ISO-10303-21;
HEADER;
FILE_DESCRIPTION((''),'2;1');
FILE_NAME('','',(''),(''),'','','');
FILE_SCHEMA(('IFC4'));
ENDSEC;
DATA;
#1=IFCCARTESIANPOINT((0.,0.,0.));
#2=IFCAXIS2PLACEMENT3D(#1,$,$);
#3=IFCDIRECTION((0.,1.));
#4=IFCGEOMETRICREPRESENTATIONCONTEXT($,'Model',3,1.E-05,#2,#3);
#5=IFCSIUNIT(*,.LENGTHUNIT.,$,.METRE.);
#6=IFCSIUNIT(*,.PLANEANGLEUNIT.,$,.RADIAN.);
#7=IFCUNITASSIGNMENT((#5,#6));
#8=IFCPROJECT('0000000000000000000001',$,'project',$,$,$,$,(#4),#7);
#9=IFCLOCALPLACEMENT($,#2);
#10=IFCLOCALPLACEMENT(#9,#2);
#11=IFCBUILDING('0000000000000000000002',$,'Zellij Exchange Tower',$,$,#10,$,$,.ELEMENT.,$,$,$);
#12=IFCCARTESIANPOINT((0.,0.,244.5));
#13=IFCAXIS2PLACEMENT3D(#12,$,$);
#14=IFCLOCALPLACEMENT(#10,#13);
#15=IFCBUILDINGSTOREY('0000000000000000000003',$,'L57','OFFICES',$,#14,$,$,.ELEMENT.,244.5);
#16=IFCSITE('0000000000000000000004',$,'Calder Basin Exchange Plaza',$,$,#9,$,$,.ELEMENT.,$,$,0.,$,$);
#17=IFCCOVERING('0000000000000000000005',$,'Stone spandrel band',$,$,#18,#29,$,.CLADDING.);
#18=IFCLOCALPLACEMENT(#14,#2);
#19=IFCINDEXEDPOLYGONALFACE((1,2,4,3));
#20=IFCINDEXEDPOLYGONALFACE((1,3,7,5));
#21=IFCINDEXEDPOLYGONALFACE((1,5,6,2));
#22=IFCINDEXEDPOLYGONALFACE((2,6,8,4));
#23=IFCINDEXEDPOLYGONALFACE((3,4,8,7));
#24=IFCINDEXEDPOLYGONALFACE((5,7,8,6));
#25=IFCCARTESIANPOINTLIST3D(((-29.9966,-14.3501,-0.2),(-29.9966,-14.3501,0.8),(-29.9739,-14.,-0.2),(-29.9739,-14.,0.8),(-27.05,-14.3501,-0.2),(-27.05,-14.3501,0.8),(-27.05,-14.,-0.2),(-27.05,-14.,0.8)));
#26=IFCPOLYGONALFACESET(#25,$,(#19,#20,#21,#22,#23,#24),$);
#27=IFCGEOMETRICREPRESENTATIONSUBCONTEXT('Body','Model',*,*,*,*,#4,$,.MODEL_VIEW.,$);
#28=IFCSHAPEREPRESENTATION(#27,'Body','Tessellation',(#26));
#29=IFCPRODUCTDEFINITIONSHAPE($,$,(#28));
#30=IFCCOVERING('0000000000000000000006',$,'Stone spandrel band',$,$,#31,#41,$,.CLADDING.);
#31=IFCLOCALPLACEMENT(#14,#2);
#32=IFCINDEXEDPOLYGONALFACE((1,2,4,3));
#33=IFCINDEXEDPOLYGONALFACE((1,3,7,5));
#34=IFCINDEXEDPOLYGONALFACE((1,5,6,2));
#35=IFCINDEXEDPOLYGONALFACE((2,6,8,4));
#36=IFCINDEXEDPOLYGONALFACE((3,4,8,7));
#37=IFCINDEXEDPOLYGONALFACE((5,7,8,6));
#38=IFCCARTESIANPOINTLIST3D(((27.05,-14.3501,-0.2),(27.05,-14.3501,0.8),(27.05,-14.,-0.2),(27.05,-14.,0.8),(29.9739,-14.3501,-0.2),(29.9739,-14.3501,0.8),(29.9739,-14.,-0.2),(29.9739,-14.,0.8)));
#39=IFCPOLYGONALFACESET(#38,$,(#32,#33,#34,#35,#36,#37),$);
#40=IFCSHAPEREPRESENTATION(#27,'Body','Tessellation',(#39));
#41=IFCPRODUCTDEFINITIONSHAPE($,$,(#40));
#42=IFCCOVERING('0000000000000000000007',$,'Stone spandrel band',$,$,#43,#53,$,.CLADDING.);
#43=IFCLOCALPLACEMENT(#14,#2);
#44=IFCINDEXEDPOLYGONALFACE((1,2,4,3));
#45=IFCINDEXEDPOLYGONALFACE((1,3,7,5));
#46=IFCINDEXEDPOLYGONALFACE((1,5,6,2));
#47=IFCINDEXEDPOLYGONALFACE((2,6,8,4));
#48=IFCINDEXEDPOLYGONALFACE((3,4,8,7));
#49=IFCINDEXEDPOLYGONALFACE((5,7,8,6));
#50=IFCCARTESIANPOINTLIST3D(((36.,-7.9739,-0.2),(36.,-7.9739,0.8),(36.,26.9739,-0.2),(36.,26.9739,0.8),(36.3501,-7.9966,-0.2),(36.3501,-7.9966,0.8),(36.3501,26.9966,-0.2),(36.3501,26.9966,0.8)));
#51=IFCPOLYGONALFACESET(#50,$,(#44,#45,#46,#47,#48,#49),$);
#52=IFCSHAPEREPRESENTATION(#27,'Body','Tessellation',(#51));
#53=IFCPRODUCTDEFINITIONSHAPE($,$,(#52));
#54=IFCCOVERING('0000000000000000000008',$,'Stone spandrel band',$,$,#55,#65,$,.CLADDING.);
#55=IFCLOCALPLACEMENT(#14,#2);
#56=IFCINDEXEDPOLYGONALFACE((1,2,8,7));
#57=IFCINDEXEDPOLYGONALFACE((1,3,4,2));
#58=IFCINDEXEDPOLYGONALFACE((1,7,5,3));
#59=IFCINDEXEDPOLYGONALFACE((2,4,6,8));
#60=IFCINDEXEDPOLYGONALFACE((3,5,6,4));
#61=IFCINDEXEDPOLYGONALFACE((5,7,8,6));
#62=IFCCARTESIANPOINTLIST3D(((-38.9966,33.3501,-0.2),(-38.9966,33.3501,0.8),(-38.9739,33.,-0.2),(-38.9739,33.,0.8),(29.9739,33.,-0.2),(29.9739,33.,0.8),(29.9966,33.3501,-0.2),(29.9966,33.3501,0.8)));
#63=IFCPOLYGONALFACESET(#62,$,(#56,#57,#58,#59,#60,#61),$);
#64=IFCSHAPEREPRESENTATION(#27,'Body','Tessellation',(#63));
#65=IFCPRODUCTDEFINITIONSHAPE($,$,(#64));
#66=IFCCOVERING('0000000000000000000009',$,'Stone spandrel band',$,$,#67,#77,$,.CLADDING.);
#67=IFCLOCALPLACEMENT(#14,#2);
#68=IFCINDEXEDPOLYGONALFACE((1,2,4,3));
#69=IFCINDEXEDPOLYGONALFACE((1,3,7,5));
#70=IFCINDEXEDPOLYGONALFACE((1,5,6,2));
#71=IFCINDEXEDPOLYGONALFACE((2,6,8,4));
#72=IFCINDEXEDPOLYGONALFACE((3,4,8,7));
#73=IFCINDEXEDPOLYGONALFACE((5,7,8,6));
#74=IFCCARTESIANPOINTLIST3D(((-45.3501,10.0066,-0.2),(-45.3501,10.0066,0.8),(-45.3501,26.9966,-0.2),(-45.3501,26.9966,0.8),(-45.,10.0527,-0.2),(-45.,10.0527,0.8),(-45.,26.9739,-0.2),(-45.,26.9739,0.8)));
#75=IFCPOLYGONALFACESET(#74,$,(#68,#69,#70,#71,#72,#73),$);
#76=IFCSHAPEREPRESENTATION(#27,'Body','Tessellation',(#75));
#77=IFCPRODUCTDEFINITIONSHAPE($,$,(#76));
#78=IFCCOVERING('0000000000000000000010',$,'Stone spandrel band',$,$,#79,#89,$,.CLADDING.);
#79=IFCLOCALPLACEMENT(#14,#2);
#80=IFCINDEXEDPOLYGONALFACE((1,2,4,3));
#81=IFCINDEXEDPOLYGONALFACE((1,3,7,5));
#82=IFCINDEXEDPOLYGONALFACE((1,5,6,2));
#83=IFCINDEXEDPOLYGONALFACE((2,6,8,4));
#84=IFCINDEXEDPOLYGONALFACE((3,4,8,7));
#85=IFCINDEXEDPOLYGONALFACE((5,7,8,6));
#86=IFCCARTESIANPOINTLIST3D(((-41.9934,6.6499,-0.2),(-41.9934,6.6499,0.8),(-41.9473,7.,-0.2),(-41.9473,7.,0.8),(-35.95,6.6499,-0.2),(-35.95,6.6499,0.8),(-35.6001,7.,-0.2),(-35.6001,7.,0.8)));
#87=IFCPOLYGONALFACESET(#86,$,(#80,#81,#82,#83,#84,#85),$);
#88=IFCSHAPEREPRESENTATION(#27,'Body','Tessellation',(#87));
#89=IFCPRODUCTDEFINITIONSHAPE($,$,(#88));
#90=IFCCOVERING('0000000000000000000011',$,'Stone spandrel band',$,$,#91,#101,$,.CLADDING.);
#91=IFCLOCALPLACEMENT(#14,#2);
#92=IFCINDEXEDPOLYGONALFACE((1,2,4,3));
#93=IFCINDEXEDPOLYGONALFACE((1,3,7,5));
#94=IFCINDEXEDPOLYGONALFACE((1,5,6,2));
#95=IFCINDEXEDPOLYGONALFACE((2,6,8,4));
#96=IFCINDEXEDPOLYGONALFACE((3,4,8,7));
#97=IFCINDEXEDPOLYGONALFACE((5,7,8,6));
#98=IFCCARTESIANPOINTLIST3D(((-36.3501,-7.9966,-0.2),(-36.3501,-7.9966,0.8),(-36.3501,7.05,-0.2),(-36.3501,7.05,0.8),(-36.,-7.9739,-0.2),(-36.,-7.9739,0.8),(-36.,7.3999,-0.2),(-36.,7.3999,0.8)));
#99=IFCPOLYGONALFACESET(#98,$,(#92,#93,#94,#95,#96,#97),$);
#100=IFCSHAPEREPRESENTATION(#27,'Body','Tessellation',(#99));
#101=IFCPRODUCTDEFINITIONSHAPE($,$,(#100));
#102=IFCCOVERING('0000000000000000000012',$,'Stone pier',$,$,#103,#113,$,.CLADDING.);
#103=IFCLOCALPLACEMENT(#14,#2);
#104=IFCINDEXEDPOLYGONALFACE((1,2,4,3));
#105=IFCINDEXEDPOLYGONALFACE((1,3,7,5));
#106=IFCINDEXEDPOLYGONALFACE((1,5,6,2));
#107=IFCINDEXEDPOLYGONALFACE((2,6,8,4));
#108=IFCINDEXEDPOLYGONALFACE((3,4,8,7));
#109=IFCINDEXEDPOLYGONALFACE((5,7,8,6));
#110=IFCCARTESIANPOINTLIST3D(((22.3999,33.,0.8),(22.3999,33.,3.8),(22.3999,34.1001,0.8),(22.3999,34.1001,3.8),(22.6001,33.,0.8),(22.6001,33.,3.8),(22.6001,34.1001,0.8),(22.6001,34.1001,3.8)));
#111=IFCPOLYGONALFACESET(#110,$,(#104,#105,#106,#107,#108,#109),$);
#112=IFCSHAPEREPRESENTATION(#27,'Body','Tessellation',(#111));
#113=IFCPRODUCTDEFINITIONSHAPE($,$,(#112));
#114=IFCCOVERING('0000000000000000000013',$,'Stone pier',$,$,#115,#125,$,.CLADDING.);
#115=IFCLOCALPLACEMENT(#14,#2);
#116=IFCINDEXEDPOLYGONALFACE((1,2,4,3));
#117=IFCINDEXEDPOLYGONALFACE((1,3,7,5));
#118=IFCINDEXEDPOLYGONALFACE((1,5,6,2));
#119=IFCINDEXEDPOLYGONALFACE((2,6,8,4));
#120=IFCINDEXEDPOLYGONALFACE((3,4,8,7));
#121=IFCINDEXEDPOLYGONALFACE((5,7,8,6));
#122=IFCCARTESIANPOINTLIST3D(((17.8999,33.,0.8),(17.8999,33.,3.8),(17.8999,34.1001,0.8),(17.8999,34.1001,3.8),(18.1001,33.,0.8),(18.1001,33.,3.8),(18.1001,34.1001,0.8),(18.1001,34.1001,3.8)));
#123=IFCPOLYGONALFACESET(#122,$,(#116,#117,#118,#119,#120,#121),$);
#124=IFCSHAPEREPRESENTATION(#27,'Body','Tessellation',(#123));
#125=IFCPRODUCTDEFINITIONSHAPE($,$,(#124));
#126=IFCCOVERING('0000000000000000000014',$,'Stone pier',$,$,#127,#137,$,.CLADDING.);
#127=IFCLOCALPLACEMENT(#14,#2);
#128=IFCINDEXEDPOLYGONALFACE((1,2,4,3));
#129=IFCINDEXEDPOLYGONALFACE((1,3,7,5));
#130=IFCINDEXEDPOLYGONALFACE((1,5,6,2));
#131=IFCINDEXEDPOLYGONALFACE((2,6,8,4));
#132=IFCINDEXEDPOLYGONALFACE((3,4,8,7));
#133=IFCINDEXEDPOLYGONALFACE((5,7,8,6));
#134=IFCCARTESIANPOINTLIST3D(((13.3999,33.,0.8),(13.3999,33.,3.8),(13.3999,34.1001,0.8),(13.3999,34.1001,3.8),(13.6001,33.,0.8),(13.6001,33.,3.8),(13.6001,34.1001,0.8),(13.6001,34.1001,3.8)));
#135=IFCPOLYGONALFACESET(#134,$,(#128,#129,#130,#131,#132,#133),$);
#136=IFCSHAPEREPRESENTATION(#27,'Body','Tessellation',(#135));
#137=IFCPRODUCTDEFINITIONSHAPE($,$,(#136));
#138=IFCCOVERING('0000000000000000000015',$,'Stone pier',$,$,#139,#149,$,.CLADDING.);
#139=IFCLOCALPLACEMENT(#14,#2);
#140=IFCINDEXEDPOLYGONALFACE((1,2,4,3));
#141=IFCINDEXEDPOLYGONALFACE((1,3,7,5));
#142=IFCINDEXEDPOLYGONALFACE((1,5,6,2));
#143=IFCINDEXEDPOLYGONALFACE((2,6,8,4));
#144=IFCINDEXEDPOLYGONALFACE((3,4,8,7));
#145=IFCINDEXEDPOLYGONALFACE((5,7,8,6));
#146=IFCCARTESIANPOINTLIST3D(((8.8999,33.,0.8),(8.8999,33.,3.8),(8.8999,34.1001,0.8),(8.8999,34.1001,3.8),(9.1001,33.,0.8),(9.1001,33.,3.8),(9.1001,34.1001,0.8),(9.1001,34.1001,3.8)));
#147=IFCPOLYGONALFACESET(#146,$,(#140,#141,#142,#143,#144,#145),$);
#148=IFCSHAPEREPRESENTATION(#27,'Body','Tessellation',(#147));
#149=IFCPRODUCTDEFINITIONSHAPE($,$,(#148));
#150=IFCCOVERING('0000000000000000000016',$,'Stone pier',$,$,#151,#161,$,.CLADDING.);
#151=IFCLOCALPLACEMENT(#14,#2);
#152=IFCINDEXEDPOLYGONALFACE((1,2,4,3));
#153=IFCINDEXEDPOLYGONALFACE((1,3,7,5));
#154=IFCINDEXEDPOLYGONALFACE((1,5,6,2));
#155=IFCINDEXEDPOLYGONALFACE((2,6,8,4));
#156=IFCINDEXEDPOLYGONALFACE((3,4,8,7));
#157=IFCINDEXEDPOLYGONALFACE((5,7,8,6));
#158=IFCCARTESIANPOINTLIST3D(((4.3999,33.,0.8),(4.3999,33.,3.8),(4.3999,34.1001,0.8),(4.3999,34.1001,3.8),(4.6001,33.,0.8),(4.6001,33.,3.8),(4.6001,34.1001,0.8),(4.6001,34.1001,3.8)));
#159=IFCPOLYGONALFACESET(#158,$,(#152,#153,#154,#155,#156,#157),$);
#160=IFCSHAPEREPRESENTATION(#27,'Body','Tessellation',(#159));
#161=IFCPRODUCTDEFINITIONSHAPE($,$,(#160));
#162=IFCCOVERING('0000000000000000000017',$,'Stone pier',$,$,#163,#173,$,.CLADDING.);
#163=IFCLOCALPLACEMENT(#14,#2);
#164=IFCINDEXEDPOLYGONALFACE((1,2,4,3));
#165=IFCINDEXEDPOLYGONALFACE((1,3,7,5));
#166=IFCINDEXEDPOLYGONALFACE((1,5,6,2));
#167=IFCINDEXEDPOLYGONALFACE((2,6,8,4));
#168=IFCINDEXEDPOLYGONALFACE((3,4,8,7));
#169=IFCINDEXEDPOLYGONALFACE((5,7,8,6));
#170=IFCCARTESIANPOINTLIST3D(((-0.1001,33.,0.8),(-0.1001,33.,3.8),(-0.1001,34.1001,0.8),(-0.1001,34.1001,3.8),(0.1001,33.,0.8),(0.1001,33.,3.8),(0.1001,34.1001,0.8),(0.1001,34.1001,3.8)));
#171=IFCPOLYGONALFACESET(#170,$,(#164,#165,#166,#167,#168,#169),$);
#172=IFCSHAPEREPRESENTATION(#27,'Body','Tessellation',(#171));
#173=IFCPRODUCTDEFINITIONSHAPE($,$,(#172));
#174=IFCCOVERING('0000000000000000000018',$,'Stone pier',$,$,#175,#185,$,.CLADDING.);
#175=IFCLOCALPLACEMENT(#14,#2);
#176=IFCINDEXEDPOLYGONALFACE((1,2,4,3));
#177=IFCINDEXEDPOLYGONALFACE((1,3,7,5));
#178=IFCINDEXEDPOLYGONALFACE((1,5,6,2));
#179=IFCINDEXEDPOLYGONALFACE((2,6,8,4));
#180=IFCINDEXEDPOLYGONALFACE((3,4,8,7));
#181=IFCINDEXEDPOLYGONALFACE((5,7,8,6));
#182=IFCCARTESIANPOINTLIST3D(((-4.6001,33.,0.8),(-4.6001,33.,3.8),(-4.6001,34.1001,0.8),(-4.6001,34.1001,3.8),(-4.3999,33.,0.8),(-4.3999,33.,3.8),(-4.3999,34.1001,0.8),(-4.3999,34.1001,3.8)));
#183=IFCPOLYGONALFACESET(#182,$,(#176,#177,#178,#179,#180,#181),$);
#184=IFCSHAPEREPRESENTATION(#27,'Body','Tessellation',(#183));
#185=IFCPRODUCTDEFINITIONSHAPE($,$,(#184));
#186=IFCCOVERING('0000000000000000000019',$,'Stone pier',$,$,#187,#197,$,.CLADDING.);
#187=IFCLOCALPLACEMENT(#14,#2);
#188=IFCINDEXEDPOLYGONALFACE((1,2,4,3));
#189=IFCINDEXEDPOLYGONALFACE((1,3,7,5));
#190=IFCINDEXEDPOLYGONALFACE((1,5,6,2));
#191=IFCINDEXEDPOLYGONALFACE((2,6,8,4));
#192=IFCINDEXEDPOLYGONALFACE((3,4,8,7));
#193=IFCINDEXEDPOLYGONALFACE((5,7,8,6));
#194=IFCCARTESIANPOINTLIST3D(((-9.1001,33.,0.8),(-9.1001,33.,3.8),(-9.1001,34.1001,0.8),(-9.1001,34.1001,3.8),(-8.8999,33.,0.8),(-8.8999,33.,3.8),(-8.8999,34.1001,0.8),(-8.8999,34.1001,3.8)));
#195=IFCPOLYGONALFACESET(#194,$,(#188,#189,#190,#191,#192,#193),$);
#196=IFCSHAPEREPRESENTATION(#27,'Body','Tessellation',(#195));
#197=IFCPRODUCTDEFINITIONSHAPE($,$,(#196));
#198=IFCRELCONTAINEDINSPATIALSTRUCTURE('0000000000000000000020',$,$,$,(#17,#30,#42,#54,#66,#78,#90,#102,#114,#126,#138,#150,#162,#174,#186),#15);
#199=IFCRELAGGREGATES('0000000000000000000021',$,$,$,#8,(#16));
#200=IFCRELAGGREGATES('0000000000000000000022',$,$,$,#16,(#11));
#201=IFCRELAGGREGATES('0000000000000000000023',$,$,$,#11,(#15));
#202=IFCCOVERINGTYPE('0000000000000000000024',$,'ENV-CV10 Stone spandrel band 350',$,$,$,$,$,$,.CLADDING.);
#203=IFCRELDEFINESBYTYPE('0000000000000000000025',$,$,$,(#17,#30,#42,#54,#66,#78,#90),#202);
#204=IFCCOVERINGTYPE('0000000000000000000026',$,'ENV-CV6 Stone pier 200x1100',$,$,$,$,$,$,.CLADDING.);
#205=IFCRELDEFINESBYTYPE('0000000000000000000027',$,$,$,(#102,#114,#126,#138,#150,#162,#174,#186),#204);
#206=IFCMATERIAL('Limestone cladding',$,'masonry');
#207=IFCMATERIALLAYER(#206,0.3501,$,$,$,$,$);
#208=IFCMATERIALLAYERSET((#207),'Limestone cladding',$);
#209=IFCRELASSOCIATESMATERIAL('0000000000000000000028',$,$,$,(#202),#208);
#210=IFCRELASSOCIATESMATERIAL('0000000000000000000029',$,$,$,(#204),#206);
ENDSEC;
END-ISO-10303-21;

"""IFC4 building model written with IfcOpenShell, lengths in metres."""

from ifc_helpers import new_model, si_unit, direction, frame, origin, place, context, subcontext, project, spatial, polyline, outline, extrude, material, layer, layer_set, type_object, element, save


model = new_model("IFC4")

# Units and contexts
model_context = context("Model", 3, precision=1e-05, world=origin(), true_north=direction((0.0, 1.0)))
body_context = subcontext(model_context, "Body", "Model", "MODEL_VIEW")
ifc_project = project(units=[si_unit("LENGTHUNIT", "METRE"), si_unit("PLANEANGLEUNIT", "RADIAN")], contexts=[model_context])

# Site, building, storey
site_placement = place(None, origin())
site = spatial("IfcSite", under=ifc_project, at=site_placement, Name="Calder Basin Exchange Plaza", CompositionType="ELEMENT", RefElevation=0.0)
building_placement = place(site_placement, origin())
building = spatial("IfcBuilding", under=site, at=building_placement, Name="Zellij Exchange Tower", CompositionType="ELEMENT")
storey_placement = place(building_placement, frame((0.0, 0.0, 244.5)))
storey = spatial("IfcBuildingStorey", under=building, at=storey_placement, Name="L57", Description="OFFICES", CompositionType="ELEMENT", Elevation=244.5)

# Coverings
ifc_material = material(Name="Limestone cladding", Category="masonry")
ifc_layer = layer(ifc_material, 0.3501)
ifc_layer_set = layer_set([ifc_layer], Name="Limestone cladding")
covering_type_1 = type_object("IfcCoveringType", Name="ENV-CV10 Stone spandrel band 350", PredefinedType="CLADDING", material=ifc_layer_set)
covering_1_placement = place(storey_placement, frame((0.0, 0.0, -0.2)))
element("IfcCovering", 1, at=covering_1_placement, inside=storey, type_object=covering_type_1, Name="Stone spandrel band", PredefinedType="CLADDING", context=body_context, shape_type="SweptSolid", body=[
    extrude(outline(polyline([(-29.9739, -14.0), (-27.05, -14.0), (-27.05, -14.3501), (-29.9966, -14.3501), (-29.9739, -14.0)])), origin(), (0.0, 0.0, 1.0), 1.0),
])
covering_2_placement = place(storey_placement, frame((0.0, 0.0, -0.2)))
element("IfcCovering", 2, at=covering_2_placement, inside=storey, type_object=covering_type_1, Name="Stone spandrel band", PredefinedType="CLADDING", context=body_context, shape_type="SweptSolid", body=[
    extrude(outline(polyline([(27.05, -14.0), (29.9739, -14.0), (29.9739, -14.3501), (27.05, -14.3501), (27.05, -14.0)])), origin(), (0.0, 0.0, 1.0), 1.0),
])
covering_3_placement = place(storey_placement, frame((0.0, 0.0, -0.2)))
element("IfcCovering", 3, at=covering_3_placement, inside=storey, type_object=covering_type_1, Name="Stone spandrel band", PredefinedType="CLADDING", context=body_context, shape_type="SweptSolid", body=[
    extrude(outline(polyline([(36.0, -7.9739), (36.0, 26.9739), (36.3501, 26.9966), (36.3501, -7.9966), (36.0, -7.9739)])), origin(), (0.0, 0.0, 1.0), 1.0),
])
covering_4_placement = place(storey_placement, frame((0.0, 0.0, -0.2)))
element("IfcCovering", 4, at=covering_4_placement, inside=storey, type_object=covering_type_1, Name="Stone spandrel band", PredefinedType="CLADDING", context=body_context, shape_type="SweptSolid", body=[
    extrude(outline(polyline([(29.9739, 33.0), (-38.9739, 33.0), (-38.9966, 33.3501), (29.9966, 33.3501), (29.9739, 33.0)])), origin(), (0.0, 0.0, 1.0), 1.0),
])
covering_5_placement = place(storey_placement, frame((0.0, 0.0, -0.2)))
element("IfcCovering", 5, at=covering_5_placement, inside=storey, type_object=covering_type_1, Name="Stone spandrel band", PredefinedType="CLADDING", context=body_context, shape_type="SweptSolid", body=[
    extrude(outline(polyline([(-45.0, 26.9739), (-45.0, 10.0527), (-45.3501, 10.0066), (-45.3501, 26.9966), (-45.0, 26.9739)])), origin(), (0.0, 0.0, 1.0), 1.0),
])
covering_6_placement = place(storey_placement, frame((0.0, 0.0, -0.2)))
element("IfcCovering", 6, at=covering_6_placement, inside=storey, type_object=covering_type_1, Name="Stone spandrel band", PredefinedType="CLADDING", context=body_context, shape_type="SweptSolid", body=[
    extrude(outline(polyline([(-41.9473, 7.0), (-35.6001, 7.0), (-35.95, 6.6499), (-41.9934, 6.6499), (-41.9473, 7.0)])), origin(), (0.0, 0.0, 1.0), 1.0),
])
covering_7_placement = place(storey_placement, frame((0.0, 0.0, -0.2)))
element("IfcCovering", 7, at=covering_7_placement, inside=storey, type_object=covering_type_1, Name="Stone spandrel band", PredefinedType="CLADDING", context=body_context, shape_type="SweptSolid", body=[
    extrude(outline(polyline([(-36.0, 7.3999), (-36.0, -7.9739), (-36.3501, -7.9966), (-36.3501, 7.05), (-36.0, 7.3999)])), origin(), (0.0, 0.0, 1.0), 1.0),
])
covering_type_2 = type_object("IfcCoveringType", Name="ENV-CV6 Stone pier 200x1100", PredefinedType="CLADDING", material=ifc_material)
covering_8_placement = place(storey_placement, frame((0.0, 0.0, 0.8)))
element("IfcCovering", 8, at=covering_8_placement, inside=storey, type_object=covering_type_2, Name="Stone pier", PredefinedType="CLADDING", context=body_context, shape_type="SweptSolid", body=[
    extrude(outline(polyline([(22.6001, 33.0), (22.3999, 33.0), (22.3999, 34.1001), (22.6001, 34.1001), (22.6001, 33.0)])), origin(), (0.0, 0.0, 1.0), 3.0),
])
covering_9_placement = place(storey_placement, frame((0.0, 0.0, 0.8)))
element("IfcCovering", 9, at=covering_9_placement, inside=storey, type_object=covering_type_2, Name="Stone pier", PredefinedType="CLADDING", context=body_context, shape_type="SweptSolid", body=[
    extrude(outline(polyline([(18.1001, 33.0), (17.8999, 33.0), (17.8999, 34.1001), (18.1001, 34.1001), (18.1001, 33.0)])), origin(), (0.0, 0.0, 1.0), 3.0),
])
covering_10_placement = place(storey_placement, frame((0.0, 0.0, 0.8)))
element("IfcCovering", 10, at=covering_10_placement, inside=storey, type_object=covering_type_2, Name="Stone pier", PredefinedType="CLADDING", context=body_context, shape_type="SweptSolid", body=[
    extrude(outline(polyline([(13.6001, 33.0), (13.3999, 33.0), (13.3999, 34.1001), (13.6001, 34.1001), (13.6001, 33.0)])), origin(), (0.0, 0.0, 1.0), 3.0),
])
covering_11_placement = place(storey_placement, frame((0.0, 0.0, 0.8)))
element("IfcCovering", 11, at=covering_11_placement, inside=storey, type_object=covering_type_2, Name="Stone pier", PredefinedType="CLADDING", context=body_context, shape_type="SweptSolid", body=[
    extrude(outline(polyline([(9.1001, 33.0), (8.8999, 33.0), (8.8999, 34.1001), (9.1001, 34.1001), (9.1001, 33.0)])), origin(), (0.0, 0.0, 1.0), 3.0),
])
covering_12_placement = place(storey_placement, frame((0.0, 0.0, 0.8)))
element("IfcCovering", 12, at=covering_12_placement, inside=storey, type_object=covering_type_2, Name="Stone pier", PredefinedType="CLADDING", context=body_context, shape_type="SweptSolid", body=[
    extrude(outline(polyline([(4.6001, 33.0), (4.3999, 33.0), (4.3999, 34.1001), (4.6001, 34.1001), (4.6001, 33.0)])), origin(), (0.0, 0.0, 1.0), 3.0),
])
covering_13_placement = place(storey_placement, frame((0.0, 0.0, 0.8)))
element("IfcCovering", 13, at=covering_13_placement, inside=storey, type_object=covering_type_2, Name="Stone pier", PredefinedType="CLADDING", context=body_context, shape_type="SweptSolid", body=[
    extrude(outline(polyline([(0.1001, 33.0), (-0.1001, 33.0), (-0.1001, 34.1001), (0.1001, 34.1001), (0.1001, 33.0)])), origin(), (0.0, 0.0, 1.0), 3.0),
])
covering_14_placement = place(storey_placement, frame((0.0, 0.0, 0.8)))
element("IfcCovering", 14, at=covering_14_placement, inside=storey, type_object=covering_type_2, Name="Stone pier", PredefinedType="CLADDING", context=body_context, shape_type="SweptSolid", body=[
    extrude(outline(polyline([(-4.3999, 33.0), (-4.6001, 33.0), (-4.6001, 34.1001), (-4.3999, 34.1001), (-4.3999, 33.0)])), origin(), (0.0, 0.0, 1.0), 3.0),
])
covering_15_placement = place(storey_placement, frame((0.0, 0.0, 0.8)))
element("IfcCovering", 15, at=covering_15_placement, inside=storey, type_object=covering_type_2, Name="Stone pier", PredefinedType="CLADDING", context=body_context, shape_type="SweptSolid", body=[
    extrude(outline(polyline([(-8.8999, 33.0), (-9.1001, 33.0), (-9.1001, 34.1001), (-8.8999, 34.1001), (-8.8999, 33.0)])), origin(), (0.0, 0.0, 1.0), 3.0),
])

save(model, "model.ifc")
